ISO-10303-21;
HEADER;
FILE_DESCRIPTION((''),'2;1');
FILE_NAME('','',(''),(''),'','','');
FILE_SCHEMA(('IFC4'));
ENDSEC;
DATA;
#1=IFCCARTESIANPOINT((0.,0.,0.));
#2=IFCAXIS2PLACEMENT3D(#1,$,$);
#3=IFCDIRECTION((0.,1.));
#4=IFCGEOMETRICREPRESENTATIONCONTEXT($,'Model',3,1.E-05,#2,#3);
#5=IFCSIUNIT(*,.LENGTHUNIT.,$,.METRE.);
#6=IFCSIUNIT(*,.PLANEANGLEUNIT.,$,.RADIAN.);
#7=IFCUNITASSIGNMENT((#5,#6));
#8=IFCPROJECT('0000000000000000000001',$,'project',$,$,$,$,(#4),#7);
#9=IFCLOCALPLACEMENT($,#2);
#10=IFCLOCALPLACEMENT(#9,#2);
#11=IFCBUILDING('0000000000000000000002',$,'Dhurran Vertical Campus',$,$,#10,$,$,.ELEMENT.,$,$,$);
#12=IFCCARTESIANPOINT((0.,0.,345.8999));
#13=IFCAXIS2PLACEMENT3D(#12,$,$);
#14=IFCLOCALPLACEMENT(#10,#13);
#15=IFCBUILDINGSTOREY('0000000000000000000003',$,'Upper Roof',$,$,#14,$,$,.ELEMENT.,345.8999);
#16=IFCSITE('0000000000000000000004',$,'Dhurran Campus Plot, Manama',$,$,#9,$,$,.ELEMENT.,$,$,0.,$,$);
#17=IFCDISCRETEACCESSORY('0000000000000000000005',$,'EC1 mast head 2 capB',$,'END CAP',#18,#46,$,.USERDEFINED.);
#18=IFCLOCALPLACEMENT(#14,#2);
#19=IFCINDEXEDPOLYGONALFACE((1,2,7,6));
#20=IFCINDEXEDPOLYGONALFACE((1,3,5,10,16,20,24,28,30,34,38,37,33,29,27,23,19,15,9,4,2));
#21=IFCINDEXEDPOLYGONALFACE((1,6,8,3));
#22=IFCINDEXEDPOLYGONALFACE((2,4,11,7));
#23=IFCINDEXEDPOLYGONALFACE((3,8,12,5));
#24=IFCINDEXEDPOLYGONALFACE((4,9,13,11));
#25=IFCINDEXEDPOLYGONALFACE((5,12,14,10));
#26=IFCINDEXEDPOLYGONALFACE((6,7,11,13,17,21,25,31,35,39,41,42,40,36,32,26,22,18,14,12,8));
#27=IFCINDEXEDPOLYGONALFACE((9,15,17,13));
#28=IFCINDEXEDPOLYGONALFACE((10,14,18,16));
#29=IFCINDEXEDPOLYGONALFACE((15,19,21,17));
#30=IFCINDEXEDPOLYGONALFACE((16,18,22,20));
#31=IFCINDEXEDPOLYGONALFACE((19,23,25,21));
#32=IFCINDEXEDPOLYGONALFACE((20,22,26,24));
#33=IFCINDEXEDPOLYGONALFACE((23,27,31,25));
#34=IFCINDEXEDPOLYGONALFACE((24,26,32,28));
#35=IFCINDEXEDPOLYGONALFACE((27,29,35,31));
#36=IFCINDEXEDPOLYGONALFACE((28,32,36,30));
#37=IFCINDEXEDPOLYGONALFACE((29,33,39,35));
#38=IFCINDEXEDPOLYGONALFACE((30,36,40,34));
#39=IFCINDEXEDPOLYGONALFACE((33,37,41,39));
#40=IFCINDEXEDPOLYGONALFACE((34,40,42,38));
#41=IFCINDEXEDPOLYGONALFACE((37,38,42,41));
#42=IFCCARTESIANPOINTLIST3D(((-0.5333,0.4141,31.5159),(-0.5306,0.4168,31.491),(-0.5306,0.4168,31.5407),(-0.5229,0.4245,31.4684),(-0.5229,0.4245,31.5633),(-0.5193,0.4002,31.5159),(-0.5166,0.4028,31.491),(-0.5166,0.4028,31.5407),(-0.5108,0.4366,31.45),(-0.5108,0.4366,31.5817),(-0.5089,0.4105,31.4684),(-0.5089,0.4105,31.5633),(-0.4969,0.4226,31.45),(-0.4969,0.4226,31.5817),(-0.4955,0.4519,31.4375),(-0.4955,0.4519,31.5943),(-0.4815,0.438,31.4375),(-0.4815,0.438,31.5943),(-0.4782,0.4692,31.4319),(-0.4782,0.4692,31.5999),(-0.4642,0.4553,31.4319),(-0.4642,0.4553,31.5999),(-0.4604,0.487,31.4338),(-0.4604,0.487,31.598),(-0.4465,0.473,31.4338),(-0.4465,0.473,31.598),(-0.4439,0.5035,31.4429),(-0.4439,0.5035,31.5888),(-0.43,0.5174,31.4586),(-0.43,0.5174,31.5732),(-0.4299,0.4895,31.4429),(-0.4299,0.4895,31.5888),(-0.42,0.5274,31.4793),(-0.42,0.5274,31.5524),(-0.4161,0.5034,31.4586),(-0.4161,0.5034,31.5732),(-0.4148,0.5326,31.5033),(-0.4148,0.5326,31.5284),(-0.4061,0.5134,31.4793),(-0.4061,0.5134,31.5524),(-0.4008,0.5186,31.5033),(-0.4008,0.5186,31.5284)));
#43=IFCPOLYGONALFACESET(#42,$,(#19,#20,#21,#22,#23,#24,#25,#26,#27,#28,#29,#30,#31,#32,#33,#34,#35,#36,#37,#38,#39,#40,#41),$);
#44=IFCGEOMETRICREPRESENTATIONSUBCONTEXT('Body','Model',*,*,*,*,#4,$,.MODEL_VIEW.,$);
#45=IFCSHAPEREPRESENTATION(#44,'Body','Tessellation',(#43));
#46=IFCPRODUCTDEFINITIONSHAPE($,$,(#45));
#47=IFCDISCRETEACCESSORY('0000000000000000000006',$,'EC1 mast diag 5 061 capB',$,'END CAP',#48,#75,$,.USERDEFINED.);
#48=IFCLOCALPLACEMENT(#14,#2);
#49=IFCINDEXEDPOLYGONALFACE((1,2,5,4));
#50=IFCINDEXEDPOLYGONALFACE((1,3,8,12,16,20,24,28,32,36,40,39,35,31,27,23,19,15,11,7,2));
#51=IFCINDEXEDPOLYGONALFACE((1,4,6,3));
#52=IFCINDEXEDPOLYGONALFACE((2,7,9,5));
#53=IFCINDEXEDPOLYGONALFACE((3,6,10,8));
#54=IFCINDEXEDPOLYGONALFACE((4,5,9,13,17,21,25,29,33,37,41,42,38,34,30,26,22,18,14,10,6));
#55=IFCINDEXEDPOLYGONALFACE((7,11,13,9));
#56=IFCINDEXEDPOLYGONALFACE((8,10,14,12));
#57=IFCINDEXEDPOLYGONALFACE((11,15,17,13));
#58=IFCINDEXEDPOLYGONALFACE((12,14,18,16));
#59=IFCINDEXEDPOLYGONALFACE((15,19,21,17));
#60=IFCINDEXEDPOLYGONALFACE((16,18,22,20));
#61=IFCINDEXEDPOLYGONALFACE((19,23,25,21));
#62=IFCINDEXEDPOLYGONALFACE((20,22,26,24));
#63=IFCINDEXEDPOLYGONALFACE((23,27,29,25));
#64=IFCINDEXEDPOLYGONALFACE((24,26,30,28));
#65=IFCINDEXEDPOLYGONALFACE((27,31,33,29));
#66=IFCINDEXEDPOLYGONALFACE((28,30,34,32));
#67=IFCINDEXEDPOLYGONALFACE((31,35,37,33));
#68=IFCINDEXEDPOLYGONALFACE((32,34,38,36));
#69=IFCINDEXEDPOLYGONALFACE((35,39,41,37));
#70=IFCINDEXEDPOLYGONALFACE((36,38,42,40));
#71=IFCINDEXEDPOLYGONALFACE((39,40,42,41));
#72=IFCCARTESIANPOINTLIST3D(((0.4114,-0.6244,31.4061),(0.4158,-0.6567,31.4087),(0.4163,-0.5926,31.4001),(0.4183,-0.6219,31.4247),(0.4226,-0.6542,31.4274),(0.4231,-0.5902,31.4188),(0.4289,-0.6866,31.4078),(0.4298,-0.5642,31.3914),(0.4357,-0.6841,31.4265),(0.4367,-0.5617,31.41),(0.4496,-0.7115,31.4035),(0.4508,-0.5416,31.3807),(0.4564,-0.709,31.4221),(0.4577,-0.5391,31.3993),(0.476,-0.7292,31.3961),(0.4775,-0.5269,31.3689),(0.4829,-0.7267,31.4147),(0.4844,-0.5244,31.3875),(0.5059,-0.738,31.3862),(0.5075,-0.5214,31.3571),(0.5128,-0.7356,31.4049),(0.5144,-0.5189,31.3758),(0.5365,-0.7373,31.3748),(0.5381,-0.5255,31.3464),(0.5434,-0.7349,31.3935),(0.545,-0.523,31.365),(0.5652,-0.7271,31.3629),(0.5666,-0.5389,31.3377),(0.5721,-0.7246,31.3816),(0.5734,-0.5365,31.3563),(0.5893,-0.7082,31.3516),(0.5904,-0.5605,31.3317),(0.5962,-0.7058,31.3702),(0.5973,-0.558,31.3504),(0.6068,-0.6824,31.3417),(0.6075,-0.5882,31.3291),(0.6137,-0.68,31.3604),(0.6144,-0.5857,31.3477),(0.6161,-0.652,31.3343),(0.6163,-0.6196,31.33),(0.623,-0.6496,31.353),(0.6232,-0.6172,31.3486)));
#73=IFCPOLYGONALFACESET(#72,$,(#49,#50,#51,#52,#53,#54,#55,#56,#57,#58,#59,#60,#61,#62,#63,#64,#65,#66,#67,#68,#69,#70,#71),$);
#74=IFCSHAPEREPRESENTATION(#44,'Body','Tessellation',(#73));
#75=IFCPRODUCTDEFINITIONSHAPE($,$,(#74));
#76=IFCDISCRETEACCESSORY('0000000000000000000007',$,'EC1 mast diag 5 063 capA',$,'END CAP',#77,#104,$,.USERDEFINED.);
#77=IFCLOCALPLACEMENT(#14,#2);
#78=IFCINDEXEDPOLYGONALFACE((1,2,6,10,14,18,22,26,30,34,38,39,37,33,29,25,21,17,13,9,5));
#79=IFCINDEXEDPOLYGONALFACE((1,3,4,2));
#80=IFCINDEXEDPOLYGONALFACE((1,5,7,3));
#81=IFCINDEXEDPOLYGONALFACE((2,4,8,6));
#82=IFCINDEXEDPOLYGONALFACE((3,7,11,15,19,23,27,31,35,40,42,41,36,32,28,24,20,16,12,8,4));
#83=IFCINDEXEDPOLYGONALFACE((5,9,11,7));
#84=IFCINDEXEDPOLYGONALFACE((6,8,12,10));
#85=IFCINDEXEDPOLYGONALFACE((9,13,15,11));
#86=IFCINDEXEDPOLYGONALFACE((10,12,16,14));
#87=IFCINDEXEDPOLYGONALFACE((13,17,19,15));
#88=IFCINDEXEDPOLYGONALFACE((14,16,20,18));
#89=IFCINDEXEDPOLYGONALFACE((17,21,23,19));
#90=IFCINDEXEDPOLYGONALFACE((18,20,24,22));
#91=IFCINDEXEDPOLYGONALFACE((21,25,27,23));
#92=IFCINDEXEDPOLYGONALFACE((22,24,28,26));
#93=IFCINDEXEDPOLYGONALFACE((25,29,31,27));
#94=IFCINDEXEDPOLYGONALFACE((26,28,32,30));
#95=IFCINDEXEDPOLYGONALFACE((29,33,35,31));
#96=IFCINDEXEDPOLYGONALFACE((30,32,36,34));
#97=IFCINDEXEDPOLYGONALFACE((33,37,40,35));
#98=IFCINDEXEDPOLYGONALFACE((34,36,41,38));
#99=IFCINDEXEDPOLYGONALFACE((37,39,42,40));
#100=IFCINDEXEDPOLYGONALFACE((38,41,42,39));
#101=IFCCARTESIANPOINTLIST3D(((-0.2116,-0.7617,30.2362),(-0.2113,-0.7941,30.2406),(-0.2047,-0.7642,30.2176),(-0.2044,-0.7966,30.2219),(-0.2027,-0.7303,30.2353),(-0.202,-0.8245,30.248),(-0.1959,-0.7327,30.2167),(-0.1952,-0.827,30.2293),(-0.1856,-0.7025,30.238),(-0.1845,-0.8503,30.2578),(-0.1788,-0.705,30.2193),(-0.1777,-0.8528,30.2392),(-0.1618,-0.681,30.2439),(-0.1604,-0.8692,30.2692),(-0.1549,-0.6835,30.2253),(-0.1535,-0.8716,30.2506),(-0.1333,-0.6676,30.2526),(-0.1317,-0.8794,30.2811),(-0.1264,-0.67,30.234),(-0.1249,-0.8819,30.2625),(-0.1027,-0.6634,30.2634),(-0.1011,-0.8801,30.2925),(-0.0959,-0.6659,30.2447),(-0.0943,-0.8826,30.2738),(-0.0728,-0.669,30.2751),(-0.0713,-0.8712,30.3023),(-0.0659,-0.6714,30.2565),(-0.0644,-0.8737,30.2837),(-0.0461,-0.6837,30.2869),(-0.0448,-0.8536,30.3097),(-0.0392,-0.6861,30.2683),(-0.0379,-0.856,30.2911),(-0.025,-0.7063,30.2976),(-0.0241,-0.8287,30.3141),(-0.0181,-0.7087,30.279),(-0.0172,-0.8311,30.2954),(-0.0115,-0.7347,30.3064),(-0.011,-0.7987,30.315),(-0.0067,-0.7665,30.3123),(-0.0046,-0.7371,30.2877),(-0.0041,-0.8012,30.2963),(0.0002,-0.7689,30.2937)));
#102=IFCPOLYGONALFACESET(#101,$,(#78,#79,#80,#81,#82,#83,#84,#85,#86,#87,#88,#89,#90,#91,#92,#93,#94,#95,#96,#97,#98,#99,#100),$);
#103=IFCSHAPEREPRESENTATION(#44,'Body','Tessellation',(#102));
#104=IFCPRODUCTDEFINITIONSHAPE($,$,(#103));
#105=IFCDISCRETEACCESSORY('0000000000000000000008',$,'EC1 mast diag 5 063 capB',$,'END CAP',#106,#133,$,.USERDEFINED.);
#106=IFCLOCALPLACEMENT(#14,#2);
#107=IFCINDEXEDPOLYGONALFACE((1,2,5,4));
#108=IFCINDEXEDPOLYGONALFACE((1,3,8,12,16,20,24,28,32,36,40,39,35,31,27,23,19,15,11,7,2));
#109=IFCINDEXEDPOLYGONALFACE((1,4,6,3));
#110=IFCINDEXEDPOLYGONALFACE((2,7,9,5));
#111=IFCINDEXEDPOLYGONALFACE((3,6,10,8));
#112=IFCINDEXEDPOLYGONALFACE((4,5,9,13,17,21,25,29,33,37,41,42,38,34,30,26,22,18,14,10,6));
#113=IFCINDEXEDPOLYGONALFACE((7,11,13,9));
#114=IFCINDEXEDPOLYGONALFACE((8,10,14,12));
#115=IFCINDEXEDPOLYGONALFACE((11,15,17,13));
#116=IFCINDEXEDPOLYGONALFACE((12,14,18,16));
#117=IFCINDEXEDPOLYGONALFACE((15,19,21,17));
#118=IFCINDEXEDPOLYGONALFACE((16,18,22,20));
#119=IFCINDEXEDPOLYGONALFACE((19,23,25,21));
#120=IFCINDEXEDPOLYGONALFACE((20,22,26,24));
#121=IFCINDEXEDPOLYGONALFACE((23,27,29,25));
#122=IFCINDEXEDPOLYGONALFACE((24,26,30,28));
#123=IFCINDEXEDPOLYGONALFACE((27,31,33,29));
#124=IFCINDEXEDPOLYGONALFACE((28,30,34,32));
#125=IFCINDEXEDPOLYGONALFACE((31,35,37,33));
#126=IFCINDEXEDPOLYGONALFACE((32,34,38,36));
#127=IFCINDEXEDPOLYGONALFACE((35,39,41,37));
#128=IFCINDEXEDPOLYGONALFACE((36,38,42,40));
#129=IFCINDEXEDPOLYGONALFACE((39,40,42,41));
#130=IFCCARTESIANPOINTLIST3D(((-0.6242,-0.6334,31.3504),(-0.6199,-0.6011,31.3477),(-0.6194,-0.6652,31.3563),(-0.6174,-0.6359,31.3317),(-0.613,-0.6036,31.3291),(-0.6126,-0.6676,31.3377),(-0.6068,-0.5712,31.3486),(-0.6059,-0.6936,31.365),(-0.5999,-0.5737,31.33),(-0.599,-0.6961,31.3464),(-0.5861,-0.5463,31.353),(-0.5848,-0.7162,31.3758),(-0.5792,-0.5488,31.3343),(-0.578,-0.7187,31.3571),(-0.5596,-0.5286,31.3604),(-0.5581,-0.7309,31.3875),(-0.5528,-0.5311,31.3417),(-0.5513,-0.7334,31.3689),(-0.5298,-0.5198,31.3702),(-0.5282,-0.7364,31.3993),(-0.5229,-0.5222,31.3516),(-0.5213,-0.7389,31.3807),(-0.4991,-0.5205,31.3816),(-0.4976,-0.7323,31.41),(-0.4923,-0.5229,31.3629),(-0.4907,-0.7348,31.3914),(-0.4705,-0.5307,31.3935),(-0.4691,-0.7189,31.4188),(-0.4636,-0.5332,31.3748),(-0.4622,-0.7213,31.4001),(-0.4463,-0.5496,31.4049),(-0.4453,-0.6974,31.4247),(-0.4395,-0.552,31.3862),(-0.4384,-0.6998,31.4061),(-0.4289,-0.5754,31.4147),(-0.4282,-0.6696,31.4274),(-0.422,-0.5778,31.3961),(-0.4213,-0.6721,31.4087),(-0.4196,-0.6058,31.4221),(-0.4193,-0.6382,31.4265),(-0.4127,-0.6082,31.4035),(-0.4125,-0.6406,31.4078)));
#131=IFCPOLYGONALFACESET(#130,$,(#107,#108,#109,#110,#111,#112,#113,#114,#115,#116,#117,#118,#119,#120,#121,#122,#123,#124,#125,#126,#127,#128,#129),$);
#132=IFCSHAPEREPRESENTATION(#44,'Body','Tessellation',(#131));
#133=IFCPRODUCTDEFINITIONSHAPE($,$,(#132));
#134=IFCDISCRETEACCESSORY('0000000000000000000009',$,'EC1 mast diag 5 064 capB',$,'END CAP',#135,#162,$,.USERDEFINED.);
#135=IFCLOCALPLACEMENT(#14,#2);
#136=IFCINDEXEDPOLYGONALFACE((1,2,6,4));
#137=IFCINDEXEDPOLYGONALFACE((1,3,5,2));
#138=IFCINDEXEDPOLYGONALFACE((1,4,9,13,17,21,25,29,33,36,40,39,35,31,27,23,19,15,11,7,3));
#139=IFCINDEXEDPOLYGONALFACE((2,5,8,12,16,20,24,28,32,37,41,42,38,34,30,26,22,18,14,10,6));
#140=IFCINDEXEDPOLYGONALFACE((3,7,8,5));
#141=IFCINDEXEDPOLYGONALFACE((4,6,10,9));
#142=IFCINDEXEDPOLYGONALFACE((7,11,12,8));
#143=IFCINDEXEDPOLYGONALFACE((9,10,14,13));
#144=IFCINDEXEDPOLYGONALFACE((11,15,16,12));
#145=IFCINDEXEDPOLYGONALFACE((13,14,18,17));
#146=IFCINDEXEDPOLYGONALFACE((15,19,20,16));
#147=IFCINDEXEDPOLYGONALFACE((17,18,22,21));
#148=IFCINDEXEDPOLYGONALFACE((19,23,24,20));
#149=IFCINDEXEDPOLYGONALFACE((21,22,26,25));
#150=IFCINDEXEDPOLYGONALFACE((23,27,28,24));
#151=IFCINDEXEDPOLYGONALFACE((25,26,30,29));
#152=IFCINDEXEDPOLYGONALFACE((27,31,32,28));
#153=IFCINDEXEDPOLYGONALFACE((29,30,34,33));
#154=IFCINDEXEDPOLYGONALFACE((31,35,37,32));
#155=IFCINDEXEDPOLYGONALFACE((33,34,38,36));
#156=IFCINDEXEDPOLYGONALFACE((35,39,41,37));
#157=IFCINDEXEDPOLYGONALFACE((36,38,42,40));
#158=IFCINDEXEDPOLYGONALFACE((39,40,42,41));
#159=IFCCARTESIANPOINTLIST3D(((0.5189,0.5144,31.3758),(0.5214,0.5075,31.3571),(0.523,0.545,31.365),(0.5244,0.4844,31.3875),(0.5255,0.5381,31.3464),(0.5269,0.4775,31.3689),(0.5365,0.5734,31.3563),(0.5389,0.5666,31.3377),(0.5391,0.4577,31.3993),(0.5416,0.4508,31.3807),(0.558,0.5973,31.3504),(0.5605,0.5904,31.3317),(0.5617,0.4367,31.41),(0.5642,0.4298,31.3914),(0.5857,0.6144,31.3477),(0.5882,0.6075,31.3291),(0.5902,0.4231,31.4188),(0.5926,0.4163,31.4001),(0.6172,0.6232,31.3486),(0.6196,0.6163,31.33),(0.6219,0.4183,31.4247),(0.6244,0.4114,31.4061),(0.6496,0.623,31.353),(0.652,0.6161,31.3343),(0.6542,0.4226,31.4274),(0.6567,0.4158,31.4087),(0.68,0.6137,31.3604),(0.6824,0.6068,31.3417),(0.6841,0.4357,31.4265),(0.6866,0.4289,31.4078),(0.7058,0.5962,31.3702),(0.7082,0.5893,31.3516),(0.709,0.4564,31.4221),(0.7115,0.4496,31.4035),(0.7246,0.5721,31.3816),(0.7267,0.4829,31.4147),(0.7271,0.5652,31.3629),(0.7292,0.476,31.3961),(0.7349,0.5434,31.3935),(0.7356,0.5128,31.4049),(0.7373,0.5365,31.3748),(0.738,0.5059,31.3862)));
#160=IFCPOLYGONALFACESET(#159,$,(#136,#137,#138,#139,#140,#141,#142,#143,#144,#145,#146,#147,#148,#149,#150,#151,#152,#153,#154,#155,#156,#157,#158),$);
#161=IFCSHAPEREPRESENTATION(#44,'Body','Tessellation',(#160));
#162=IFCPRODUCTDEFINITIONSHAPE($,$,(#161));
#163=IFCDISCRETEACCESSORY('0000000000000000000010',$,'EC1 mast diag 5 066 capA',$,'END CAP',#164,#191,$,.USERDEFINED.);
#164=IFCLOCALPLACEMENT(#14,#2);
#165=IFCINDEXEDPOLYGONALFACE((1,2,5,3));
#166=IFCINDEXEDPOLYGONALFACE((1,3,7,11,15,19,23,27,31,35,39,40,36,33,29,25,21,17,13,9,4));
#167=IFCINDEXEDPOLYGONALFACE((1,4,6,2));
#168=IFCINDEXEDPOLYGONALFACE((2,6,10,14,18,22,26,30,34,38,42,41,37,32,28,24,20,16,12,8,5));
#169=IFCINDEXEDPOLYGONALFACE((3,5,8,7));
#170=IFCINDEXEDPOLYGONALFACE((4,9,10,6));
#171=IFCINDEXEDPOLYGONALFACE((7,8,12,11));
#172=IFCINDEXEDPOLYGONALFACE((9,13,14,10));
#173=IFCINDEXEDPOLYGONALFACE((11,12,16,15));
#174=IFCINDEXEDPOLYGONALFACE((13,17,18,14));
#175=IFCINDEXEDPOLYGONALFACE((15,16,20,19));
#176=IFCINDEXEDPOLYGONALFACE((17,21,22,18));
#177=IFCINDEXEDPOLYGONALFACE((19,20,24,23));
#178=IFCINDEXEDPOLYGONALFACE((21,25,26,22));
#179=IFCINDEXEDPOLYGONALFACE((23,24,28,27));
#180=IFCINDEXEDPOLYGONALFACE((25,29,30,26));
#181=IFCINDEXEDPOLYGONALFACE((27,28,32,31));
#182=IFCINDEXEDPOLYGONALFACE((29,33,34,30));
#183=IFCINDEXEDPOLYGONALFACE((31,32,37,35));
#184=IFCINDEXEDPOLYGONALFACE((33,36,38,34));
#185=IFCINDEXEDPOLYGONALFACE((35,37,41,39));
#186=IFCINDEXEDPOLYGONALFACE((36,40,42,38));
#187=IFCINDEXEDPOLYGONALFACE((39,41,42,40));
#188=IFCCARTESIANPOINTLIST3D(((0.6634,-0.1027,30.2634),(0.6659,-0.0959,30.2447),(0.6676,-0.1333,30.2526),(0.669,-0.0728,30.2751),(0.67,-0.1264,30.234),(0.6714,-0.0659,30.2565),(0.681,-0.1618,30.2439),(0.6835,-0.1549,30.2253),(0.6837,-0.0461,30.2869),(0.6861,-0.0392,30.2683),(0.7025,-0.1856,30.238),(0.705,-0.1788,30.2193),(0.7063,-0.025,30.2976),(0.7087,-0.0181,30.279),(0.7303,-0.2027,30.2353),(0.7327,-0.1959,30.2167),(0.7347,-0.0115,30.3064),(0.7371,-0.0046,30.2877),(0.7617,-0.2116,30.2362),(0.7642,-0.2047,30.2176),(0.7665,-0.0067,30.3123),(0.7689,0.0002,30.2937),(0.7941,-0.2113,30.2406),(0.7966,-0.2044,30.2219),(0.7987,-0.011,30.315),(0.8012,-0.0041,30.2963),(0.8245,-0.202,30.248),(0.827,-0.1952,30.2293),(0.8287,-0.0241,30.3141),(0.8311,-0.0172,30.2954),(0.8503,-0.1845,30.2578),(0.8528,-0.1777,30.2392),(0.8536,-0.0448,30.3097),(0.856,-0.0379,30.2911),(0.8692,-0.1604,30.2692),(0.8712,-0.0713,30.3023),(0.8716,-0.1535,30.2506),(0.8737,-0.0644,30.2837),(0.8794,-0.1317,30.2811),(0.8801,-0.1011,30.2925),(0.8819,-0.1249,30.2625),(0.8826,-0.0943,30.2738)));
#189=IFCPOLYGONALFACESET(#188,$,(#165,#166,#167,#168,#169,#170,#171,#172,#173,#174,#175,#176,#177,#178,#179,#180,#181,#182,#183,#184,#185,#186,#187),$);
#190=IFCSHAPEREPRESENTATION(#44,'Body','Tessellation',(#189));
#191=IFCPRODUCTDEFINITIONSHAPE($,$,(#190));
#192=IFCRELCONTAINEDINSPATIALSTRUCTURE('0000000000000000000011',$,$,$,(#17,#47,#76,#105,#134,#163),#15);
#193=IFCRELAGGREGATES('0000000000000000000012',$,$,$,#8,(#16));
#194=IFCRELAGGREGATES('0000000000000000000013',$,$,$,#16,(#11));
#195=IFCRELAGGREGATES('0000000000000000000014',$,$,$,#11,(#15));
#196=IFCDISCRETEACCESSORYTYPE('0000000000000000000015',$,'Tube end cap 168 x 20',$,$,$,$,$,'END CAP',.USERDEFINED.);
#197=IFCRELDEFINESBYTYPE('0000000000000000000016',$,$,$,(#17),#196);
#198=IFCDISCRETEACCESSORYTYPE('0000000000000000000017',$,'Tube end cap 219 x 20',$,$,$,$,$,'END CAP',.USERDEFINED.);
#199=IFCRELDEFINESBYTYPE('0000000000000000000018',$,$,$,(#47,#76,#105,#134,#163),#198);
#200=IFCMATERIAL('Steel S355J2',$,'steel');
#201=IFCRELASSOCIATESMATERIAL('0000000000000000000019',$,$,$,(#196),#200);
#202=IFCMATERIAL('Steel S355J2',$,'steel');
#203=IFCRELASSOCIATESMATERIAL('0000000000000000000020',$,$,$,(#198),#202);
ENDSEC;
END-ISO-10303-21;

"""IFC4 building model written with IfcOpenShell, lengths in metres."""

from ifc_helpers import new_model, si_unit, direction, frame, origin, origin_2d, place, context, subcontext, project, spatial, circle, extrude, material, material_profile, profile_set, type_object, element, save


model = new_model("IFC4")

# Units and contexts
model_context = context("Model", 3, precision=1e-05, world=origin(), true_north=direction((0.0, 1.0)))
body_context = subcontext(model_context, "Body", "Model", "MODEL_VIEW")
ifc_project = project(units=[si_unit("LENGTHUNIT", "METRE"), si_unit("PLANEANGLEUNIT", "RADIAN")], contexts=[model_context])

# Site, building, storey
site_placement = place(None, origin())
site = spatial("IfcSite", under=ifc_project, at=site_placement, Name="Dhurran Campus Plot, Manama", CompositionType="ELEMENT", RefElevation=0.0)
building_placement = place(site_placement, origin())
building = spatial("IfcBuilding", under=site, at=building_placement, Name="Dhurran Vertical Campus", CompositionType="ELEMENT")
storey_placement = place(building_placement, frame((0.0, 0.0, 345.8999)))
storey = spatial("IfcBuildingStorey", under=building, at=storey_placement, Name="Upper Roof", CompositionType="ELEMENT", Elevation=345.8999)

# Discrete accessories
ifc_material_1 = material(Name="Steel S355J2", Category="steel")
ifc_material_profile_1 = material_profile(ifc_material_1, circle(Radius=0.0842, at=origin_2d()), Name="Tube end cap 168 x 20")
ifc_profile_set_1 = profile_set([ifc_material_profile_1], Name="Steel S355J2")
discrete_accessory_type_1 = type_object("IfcDiscreteAccessoryType", Name="Tube end cap 168 x 20", ElementType="END CAP", PredefinedType="USERDEFINED", material=ifc_profile_set_1)
for number, where, z_axis, x_axis, name in (
    (1, (-0.4597, 0.4597, 31.5159), (-0.707107, 0.707107, 0.0), (-0.707107, -0.707107, 0.0), "EC1 mast head 2 capB"),
):
    element("IfcDiscreteAccessory", number, at=place(storey_placement, frame(where, z_axis=z_axis, x_axis=x_axis)), inside=storey, type_object=discrete_accessory_type_1, Name=name, ObjectType="END CAP", PredefinedType="USERDEFINED", context=body_context, shape_type="SweptSolid", body=[
        extrude(circle(Radius=0.0842, at=origin_2d()), origin(), (0.0, 0.0, 1.0), 0.0198),
    ])
ifc_material_2 = material(Name="Steel S355J2", Category="steel")
ifc_material_profile_2 = material_profile(ifc_material_2, circle(Radius=0.1096, at=origin_2d()), Name="Tube end cap 219 x 20")
ifc_profile_set_2 = profile_set([ifc_material_profile_2], Name="Steel S355J2")
discrete_accessory_type_2 = type_object("IfcDiscreteAccessoryType", Name="Tube end cap 219 x 20", ElementType="END CAP", PredefinedType="USERDEFINED", material=ifc_profile_set_2)
for number, where, z_axis, x_axis, name in (
    (2, (0.5144, -0.6301, 31.3689), (0.3431, 0.122536, 0.931272), (-0.336336, 0.941742, 0.0), "EC1 mast diag 5 061 capB"),
    (3, (-0.1096, -0.7722, 30.2751), (0.3431, -0.122536, -0.931272), (0.336336, 0.941742, 0.0), "EC1 mast diag 5 063 capA"),
    (4, (-0.5144, -0.6301, 31.3689), (-0.3431, 0.122536, 0.931272), (-0.336336, -0.941742, 0.0), "EC1 mast diag 5 063 capB"),
    (5, (0.6301, 0.5144, 31.3689), (-0.122536, 0.3431, 0.931272), (-0.941742, -0.336336, 0.0), "EC1 mast diag 5 064 capB"),
    (6, (0.7722, -0.1096, 30.2751), (0.122536, 0.3431, -0.931272), (-0.941742, 0.336336, 0.0), "EC1 mast diag 5 066 capA"),
):
    element("IfcDiscreteAccessory", number, at=place(storey_placement, frame(where, z_axis=z_axis, x_axis=x_axis)), inside=storey, type_object=discrete_accessory_type_2, Name=name, ObjectType="END CAP", PredefinedType="USERDEFINED", context=body_context, shape_type="SweptSolid", body=[
        extrude(circle(Radius=0.1096, at=origin_2d()), origin(), (0.0, 0.0, 1.0), 0.02),
    ])

save(model, "model.ifc")
